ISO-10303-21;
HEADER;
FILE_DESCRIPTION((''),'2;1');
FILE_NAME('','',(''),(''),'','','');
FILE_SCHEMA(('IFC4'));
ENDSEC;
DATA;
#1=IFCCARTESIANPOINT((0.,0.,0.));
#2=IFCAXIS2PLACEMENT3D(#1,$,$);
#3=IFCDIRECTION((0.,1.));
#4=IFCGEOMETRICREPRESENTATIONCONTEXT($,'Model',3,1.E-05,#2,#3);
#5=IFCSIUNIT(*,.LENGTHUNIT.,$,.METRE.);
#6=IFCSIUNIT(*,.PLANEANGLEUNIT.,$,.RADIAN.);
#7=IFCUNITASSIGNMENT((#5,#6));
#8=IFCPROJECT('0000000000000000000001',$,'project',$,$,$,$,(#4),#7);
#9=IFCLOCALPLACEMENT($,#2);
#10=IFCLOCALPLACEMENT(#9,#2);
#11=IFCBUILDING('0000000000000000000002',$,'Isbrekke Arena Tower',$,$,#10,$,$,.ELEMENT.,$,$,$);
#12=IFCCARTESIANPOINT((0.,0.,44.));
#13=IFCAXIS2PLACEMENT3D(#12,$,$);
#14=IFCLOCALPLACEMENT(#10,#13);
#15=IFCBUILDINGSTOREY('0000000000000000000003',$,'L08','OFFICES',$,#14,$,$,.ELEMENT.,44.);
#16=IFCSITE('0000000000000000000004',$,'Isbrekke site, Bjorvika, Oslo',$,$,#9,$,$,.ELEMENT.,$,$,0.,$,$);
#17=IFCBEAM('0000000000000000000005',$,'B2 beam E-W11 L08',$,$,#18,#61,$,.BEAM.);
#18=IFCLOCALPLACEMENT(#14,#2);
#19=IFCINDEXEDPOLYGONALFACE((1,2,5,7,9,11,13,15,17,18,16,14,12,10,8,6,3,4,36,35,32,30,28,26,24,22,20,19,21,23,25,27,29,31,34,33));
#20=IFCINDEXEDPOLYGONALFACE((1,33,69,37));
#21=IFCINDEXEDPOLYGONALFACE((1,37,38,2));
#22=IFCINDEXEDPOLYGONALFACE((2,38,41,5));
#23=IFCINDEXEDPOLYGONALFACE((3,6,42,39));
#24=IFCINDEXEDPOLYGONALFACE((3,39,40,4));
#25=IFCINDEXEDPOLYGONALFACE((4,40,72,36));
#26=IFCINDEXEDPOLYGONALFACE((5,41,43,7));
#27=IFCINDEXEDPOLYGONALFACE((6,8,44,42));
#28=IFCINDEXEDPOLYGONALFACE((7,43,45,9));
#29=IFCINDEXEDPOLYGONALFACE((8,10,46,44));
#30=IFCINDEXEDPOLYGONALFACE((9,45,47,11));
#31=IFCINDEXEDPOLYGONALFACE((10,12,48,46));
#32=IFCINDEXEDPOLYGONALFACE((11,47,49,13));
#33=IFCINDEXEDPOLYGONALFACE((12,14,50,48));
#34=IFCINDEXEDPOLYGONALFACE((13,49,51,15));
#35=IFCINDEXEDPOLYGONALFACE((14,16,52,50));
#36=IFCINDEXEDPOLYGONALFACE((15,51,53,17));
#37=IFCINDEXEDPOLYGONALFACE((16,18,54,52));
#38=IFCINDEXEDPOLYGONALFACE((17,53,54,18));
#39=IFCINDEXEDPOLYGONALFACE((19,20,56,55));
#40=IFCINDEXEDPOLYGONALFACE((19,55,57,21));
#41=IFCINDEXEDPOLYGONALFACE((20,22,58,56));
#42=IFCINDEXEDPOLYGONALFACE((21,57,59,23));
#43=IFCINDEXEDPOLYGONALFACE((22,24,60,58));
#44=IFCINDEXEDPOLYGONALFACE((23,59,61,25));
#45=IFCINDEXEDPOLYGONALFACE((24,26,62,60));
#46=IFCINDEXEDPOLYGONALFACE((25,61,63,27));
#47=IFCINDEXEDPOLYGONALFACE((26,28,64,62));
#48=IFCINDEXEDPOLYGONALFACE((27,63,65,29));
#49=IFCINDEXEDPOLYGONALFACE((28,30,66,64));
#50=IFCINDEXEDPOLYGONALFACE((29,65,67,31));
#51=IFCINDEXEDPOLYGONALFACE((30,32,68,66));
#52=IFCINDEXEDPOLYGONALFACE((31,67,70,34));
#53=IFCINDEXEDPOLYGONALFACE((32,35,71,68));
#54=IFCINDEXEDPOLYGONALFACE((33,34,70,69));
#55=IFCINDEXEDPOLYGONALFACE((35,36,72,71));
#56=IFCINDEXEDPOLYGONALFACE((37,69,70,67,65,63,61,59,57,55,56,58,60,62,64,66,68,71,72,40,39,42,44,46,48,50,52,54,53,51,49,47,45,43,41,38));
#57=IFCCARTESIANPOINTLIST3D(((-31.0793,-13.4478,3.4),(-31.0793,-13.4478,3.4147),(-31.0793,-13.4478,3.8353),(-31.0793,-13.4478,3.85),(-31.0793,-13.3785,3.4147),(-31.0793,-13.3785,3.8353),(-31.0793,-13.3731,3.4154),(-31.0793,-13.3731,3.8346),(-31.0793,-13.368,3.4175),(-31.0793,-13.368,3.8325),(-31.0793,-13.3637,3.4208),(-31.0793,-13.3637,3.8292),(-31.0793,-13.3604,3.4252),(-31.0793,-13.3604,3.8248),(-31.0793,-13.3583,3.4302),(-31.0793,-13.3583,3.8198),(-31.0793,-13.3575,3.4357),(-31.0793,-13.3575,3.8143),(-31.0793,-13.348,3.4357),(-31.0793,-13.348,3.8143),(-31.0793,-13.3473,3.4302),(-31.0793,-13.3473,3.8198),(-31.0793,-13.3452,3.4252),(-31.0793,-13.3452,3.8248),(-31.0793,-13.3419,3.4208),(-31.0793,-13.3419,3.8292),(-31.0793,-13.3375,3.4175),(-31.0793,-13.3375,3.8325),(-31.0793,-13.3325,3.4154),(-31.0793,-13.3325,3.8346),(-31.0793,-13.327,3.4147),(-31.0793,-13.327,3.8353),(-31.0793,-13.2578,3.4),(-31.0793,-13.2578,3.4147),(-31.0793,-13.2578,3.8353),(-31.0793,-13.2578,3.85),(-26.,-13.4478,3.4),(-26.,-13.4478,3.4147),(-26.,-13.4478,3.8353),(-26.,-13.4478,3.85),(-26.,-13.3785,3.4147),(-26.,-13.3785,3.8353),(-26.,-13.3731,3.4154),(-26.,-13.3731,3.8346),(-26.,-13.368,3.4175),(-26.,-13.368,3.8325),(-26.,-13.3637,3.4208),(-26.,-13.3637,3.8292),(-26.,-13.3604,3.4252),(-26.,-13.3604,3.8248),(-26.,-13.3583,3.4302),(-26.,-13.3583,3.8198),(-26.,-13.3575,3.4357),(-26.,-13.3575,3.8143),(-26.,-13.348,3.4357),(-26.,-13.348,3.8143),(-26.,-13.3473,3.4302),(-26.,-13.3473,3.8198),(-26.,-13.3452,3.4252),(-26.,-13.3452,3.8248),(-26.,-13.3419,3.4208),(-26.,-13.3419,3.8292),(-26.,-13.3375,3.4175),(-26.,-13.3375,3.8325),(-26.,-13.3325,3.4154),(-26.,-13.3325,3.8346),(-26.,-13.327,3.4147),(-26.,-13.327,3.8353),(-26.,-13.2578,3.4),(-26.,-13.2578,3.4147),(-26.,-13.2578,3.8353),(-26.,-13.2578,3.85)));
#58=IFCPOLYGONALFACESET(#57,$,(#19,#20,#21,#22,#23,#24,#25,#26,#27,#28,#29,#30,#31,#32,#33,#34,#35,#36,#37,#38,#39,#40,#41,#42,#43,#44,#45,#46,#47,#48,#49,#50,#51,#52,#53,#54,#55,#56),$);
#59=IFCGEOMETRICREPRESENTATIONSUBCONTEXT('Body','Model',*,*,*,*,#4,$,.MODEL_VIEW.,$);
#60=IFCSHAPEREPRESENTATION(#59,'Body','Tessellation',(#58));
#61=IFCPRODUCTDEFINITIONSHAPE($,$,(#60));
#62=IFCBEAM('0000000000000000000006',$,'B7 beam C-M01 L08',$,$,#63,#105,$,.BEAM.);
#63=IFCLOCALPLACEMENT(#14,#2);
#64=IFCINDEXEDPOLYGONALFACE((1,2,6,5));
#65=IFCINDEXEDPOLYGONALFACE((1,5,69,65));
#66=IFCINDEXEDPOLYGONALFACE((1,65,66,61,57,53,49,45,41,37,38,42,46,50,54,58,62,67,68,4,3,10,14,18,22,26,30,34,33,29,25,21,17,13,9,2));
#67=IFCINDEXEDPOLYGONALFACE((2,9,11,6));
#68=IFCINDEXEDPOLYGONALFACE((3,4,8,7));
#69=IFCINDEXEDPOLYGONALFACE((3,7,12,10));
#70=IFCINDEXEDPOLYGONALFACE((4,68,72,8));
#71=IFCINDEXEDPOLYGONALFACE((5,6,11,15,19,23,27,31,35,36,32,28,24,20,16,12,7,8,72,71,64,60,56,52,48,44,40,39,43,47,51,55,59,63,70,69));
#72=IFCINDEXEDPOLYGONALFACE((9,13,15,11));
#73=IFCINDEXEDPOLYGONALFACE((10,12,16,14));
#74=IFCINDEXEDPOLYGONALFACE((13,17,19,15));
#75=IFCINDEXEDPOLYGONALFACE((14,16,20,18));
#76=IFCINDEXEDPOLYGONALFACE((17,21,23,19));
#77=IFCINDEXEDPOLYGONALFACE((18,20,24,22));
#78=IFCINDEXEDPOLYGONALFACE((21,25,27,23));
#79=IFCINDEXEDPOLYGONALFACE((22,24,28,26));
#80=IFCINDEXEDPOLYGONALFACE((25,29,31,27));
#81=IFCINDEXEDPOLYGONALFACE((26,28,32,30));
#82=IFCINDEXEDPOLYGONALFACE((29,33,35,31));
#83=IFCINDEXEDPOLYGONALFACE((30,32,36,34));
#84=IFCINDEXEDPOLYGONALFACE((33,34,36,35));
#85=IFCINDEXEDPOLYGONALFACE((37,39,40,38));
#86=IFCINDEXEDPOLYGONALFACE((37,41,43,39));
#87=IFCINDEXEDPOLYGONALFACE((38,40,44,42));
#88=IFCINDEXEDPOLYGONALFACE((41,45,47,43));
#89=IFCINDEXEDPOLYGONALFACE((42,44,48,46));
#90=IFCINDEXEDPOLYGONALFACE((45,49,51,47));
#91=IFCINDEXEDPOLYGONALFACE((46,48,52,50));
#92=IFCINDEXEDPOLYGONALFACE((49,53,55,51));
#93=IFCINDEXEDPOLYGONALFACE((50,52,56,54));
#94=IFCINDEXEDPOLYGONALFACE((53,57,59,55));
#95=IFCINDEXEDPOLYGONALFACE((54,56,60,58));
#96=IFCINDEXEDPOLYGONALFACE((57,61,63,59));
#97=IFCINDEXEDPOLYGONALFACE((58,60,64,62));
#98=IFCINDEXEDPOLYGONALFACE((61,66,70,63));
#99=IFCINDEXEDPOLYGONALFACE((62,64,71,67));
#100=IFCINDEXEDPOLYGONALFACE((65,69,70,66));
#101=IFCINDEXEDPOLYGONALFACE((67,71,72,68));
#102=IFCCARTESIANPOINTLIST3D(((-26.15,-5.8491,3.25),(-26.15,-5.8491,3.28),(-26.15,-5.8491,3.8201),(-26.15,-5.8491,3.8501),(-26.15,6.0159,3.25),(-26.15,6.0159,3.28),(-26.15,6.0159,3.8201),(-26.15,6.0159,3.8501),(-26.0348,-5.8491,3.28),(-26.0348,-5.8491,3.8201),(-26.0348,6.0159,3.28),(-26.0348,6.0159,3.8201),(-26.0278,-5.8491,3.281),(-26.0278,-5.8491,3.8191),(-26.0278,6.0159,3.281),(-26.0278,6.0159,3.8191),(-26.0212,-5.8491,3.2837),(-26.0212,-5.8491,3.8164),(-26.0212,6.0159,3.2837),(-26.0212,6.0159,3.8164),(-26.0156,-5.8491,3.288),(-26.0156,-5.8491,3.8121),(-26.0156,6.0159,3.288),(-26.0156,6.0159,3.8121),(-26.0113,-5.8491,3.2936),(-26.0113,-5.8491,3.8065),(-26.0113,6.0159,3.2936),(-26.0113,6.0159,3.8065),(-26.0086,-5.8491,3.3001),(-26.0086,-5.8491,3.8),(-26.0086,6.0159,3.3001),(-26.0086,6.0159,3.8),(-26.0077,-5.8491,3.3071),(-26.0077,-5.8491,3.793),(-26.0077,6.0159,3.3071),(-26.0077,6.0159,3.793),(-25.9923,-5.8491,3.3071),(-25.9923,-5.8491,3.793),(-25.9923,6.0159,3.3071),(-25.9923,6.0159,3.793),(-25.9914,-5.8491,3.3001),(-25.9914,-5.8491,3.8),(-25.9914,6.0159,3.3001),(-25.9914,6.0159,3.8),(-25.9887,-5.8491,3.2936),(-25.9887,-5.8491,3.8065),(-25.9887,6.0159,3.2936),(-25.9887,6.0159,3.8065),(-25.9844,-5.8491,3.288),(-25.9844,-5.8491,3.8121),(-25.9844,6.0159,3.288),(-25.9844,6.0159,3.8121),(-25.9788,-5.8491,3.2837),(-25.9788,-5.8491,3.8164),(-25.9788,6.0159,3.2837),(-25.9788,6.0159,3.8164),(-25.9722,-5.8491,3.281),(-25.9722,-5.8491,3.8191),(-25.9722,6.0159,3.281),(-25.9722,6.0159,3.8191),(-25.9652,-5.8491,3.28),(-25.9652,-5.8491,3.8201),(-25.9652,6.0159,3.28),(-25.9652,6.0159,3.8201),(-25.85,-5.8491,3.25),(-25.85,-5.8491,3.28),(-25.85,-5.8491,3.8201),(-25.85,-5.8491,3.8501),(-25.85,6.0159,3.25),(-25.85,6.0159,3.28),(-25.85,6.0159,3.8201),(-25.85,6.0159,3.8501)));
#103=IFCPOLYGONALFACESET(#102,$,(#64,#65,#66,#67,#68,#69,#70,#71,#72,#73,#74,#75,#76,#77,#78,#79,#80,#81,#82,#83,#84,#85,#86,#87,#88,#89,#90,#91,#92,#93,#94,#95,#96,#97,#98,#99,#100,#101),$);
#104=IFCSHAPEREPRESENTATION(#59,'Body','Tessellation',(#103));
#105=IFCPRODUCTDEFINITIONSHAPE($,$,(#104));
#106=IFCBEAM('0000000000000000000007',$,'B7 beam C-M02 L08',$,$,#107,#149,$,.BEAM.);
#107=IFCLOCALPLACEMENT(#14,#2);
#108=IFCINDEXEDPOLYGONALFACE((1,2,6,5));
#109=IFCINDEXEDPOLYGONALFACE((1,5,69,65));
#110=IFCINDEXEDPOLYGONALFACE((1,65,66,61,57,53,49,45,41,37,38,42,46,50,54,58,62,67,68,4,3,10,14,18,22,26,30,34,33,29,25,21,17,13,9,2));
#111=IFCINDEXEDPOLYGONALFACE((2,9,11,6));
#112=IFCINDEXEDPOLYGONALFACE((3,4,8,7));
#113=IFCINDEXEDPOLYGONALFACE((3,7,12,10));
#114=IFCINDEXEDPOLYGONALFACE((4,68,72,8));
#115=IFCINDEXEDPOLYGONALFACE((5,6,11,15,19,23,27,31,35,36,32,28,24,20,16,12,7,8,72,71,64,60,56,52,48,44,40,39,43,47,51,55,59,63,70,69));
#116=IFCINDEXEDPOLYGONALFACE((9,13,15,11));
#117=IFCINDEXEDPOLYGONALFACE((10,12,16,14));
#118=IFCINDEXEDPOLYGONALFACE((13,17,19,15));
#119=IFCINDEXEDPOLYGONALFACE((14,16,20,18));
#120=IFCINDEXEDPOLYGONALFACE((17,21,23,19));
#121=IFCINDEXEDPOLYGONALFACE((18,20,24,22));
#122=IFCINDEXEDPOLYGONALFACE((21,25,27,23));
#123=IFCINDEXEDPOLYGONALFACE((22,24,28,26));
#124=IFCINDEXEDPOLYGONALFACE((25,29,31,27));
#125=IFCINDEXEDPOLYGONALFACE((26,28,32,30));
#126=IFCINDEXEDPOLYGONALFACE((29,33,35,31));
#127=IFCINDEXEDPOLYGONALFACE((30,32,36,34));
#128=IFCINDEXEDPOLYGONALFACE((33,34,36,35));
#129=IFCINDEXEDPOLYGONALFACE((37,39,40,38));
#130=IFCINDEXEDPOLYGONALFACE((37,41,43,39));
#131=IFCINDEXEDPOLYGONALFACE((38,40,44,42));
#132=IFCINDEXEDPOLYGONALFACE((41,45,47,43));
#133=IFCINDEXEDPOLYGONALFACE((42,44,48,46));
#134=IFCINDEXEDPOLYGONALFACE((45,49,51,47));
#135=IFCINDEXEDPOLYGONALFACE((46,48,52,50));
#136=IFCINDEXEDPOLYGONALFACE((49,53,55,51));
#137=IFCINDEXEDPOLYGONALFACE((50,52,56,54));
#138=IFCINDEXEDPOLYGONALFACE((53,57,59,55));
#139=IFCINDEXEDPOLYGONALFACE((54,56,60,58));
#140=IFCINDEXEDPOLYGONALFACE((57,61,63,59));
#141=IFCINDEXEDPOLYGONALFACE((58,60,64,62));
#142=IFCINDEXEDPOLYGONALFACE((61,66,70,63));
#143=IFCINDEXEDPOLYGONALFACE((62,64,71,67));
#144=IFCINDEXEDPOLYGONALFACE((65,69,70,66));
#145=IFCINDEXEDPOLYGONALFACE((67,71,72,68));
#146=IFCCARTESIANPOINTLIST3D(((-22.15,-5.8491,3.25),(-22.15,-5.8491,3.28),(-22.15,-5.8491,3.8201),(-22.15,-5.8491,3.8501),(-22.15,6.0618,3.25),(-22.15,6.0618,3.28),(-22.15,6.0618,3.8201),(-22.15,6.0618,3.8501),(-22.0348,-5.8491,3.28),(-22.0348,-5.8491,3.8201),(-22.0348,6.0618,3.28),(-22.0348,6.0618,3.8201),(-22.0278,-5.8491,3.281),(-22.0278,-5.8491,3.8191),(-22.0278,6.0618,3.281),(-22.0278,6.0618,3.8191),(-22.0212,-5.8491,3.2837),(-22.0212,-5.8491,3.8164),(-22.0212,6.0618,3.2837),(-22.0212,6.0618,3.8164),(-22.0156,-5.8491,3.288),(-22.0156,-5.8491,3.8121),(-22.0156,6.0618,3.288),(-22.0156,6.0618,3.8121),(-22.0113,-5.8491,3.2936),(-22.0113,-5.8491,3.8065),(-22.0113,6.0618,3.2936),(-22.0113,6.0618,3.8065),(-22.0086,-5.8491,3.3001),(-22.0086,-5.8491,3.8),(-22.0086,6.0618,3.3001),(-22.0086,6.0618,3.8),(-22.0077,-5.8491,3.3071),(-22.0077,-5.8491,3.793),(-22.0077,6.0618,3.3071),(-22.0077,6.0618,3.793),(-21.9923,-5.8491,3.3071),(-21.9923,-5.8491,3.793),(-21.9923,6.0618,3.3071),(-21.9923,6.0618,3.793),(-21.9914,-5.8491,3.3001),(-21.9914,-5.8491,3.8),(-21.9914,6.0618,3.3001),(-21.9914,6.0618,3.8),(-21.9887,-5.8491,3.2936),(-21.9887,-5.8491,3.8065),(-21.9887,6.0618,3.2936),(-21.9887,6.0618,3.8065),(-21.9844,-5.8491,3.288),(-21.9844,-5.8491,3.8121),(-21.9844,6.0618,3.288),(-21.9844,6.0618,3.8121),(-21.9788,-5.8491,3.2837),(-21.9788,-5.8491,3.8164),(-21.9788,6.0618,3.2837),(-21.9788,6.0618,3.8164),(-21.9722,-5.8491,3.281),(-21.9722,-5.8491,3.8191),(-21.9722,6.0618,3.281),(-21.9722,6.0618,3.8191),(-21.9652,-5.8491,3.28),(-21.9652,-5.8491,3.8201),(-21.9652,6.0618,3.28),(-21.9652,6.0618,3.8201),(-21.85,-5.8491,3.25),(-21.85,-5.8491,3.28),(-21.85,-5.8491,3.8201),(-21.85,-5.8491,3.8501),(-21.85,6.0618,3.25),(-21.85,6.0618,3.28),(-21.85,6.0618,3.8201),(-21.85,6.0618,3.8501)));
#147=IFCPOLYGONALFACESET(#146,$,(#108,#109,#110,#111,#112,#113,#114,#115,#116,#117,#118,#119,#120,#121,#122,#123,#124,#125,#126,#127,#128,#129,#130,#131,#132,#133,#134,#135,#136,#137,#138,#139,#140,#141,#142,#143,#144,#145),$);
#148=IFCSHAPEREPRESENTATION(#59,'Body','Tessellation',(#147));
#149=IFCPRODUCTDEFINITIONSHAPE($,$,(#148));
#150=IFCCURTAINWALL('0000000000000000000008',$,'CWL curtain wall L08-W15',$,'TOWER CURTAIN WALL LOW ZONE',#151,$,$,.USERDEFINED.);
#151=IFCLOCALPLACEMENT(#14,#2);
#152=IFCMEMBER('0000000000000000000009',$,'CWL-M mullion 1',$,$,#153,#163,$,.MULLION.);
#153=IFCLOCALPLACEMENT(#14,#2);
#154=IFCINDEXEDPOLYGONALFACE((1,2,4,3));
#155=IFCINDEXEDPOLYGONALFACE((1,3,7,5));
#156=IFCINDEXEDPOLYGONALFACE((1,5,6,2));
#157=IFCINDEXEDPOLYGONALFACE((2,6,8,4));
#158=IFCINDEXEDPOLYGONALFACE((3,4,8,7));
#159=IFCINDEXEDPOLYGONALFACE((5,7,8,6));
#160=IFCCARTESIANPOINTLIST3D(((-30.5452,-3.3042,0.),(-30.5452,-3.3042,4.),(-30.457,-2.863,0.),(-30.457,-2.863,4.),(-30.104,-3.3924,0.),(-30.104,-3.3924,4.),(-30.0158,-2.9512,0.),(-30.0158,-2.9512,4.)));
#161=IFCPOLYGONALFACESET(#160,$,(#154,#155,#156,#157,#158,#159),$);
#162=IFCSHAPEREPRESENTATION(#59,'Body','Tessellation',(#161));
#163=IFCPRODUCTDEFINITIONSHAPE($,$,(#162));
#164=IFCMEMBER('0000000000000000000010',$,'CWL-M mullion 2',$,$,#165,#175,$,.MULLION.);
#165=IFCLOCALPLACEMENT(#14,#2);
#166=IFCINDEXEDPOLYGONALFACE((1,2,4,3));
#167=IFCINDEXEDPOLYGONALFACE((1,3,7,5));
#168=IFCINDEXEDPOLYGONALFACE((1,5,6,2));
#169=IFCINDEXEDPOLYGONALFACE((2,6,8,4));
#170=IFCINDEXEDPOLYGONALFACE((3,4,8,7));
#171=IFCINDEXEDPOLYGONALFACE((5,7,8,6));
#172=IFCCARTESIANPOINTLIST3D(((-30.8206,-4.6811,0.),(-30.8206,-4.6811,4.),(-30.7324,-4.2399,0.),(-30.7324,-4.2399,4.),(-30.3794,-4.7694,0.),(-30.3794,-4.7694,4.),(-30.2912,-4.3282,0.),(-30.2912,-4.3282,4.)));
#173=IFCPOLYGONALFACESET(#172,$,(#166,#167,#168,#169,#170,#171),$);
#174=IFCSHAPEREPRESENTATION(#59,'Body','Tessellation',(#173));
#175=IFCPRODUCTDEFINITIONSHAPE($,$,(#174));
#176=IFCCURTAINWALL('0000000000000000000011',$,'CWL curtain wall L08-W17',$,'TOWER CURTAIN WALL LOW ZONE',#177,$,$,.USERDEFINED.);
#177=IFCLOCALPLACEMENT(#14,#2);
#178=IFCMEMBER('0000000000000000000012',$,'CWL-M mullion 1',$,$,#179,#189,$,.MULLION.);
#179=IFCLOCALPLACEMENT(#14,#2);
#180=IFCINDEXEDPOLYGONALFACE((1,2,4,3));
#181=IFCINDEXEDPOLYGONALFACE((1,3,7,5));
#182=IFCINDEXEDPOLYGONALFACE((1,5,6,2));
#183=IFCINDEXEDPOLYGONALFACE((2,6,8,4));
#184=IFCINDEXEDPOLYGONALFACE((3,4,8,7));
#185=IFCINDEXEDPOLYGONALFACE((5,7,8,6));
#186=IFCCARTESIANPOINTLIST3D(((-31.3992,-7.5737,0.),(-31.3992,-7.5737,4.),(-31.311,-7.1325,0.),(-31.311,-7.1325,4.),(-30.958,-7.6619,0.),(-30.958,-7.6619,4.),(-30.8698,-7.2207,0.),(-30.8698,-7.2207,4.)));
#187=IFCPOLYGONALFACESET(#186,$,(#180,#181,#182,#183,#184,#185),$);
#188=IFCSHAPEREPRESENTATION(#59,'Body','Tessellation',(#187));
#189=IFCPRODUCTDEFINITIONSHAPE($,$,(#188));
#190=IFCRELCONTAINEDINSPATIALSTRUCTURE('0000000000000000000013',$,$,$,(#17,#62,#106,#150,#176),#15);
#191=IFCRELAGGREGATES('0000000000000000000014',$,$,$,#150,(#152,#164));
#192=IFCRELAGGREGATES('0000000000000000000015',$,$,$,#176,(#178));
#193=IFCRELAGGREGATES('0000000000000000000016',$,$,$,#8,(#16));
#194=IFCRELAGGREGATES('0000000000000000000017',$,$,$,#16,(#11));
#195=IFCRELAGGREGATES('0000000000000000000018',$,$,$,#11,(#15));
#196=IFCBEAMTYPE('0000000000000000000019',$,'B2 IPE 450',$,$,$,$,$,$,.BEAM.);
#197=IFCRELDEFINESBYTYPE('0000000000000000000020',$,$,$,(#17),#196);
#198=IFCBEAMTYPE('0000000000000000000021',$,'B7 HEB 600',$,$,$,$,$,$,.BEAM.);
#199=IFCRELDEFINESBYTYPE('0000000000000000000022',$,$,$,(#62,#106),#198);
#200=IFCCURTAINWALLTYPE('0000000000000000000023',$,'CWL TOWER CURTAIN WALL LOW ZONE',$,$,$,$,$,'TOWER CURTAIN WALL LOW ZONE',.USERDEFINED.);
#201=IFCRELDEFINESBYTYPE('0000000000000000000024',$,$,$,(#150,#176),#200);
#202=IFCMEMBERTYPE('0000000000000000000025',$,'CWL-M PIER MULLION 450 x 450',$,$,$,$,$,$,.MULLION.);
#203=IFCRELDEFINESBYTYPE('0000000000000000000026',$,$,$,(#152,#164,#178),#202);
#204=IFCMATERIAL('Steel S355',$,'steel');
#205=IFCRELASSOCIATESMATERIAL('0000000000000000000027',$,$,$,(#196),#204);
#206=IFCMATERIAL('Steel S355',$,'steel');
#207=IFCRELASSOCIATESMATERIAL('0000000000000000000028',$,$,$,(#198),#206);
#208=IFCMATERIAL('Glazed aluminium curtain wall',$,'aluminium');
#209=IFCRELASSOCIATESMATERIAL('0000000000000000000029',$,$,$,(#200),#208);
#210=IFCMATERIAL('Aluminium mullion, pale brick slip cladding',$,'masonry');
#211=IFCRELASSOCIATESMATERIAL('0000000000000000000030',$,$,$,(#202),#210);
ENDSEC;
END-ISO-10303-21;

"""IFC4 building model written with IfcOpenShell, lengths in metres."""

from ifc_helpers import new_model, si_unit, direction, frame, origin, origin_2d, place, context, subcontext, project, spatial, rectangle, i_section, extrude, material, material_profile, profile_set, type_object, element, aggregate, save


model = new_model("IFC4")

# Units and contexts
model_context = context("Model", 3, precision=1e-05, world=origin(), true_north=direction((0.0, 1.0)))
body_context = subcontext(model_context, "Body", "Model", "MODEL_VIEW")
ifc_project = project(units=[si_unit("LENGTHUNIT", "METRE"), si_unit("PLANEANGLEUNIT", "RADIAN")], contexts=[model_context])

# Site, building, storey
site_placement = place(None, origin())
site = spatial("IfcSite", under=ifc_project, at=site_placement, Name="Isbrekke site, Bjorvika, Oslo", CompositionType="ELEMENT", RefElevation=0.0)
building_placement = place(site_placement, origin())
building = spatial("IfcBuilding", under=site, at=building_placement, Name="Isbrekke Arena Tower", CompositionType="ELEMENT")
storey_placement = place(building_placement, frame((0.0, 0.0, 44.0)))
storey = spatial("IfcBuildingStorey", under=building, at=storey_placement, Name="L08", Description="OFFICES", CompositionType="ELEMENT", Elevation=44.0)

# Beams
ifc_material_1 = material(Name="Steel S355", Category="steel")
ifc_material_profile_1 = material_profile(ifc_material_1, i_section(OverallWidth=0.1899, OverallDepth=0.45, WebThickness=0.0095, FlangeThickness=0.0146, FilletRadius=0.021, at=origin_2d()), Name="IPE 450")
ifc_profile_set_1 = profile_set([ifc_material_profile_1], Name="Steel S355")
beam_type_1 = type_object("IfcBeamType", Name="B2 IPE 450", PredefinedType="BEAM", material=ifc_profile_set_1)
beam_1_placement = place(storey_placement, frame((-31.0793, -13.3528, 3.625), z_axis=(1.0, 0.0, 0.0), x_axis=(0.0, 1.0, 0.0)))
element("IfcBeam", 1, at=beam_1_placement, inside=storey, type_object=beam_type_1, Name="B2 beam E-W11 L08", PredefinedType="BEAM", context=body_context, shape_type="SweptSolid", body=[
    extrude(i_section(OverallWidth=0.1899, OverallDepth=0.45, WebThickness=0.0095, FlangeThickness=0.0146, FilletRadius=0.021, at=origin_2d()), origin(), (0.0, 0.0, 1.0), 5.0793),
])
ifc_material_2 = material(Name="Steel S355", Category="steel")
ifc_material_profile_2 = material_profile(ifc_material_2, i_section(OverallWidth=0.3, OverallDepth=0.6001, WebThickness=0.0154, FlangeThickness=0.03, FilletRadius=0.0271, at=origin_2d()), Name="HEB 600")
ifc_profile_set_2 = profile_set([ifc_material_profile_2], Name="Steel S355")
beam_type_2 = type_object("IfcBeamType", Name="B7 HEB 600", PredefinedType="BEAM", material=ifc_profile_set_2)
beam_2_placement = place(storey_placement, frame((-26.0, -5.8491, 3.55), z_axis=(0.0, 1.0, 0.0), x_axis=(-1.0, 0.0, 0.0)))
element("IfcBeam", 2, at=beam_2_placement, inside=storey, type_object=beam_type_2, Name="B7 beam C-M01 L08", PredefinedType="BEAM", context=body_context, shape_type="SweptSolid", body=[
    extrude(i_section(OverallWidth=0.3, OverallDepth=0.6001, WebThickness=0.0154, FlangeThickness=0.03, FilletRadius=0.0271, at=origin_2d()), origin(), (0.0, 0.0, 1.0), 11.865),
])
beam_3_placement = place(storey_placement, frame((-22.0, -5.8491, 3.55), z_axis=(0.0, 1.0, 0.0), x_axis=(-1.0, 0.0, 0.0)))
element("IfcBeam", 3, at=beam_3_placement, inside=storey, type_object=beam_type_2, Name="B7 beam C-M02 L08", PredefinedType="BEAM", context=body_context, shape_type="SweptSolid", body=[
    extrude(i_section(OverallWidth=0.3, OverallDepth=0.6001, WebThickness=0.0154, FlangeThickness=0.03, FilletRadius=0.0271, at=origin_2d()), origin(), (0.0, 0.0, 1.0), 11.9109),
])

# Curtain walls, members
ifc_material_3 = material(Name="Glazed aluminium curtain wall", Category="aluminium")
curtain_wall_type = type_object("IfcCurtainWallType", Name="CWL TOWER CURTAIN WALL LOW ZONE", ElementType="TOWER CURTAIN WALL LOW ZONE", PredefinedType="USERDEFINED", material=ifc_material_3)
curtain_wall_1_placement = place(storey_placement, origin())
curtain_wall_1 = element("IfcCurtainWall", 4, at=curtain_wall_1_placement, inside=storey, type_object=curtain_wall_type, Name="CWL curtain wall L08-W15", ObjectType="TOWER CURTAIN WALL LOW ZONE", PredefinedType="USERDEFINED")
ifc_material_4 = material(Name="Aluminium mullion, pale brick slip cladding", Category="masonry")
ifc_material_profile_3 = material_profile(ifc_material_4, rectangle(XDim=0.45, YDim=0.45, at=origin_2d()), Name="PIER 450X450")
ifc_profile_set_3 = profile_set([ifc_material_profile_3], Name="Aluminium mullion, pale brick slip cladding")
member_type_1 = type_object("IfcMemberType", Name="CWL-M PIER MULLION 450 x 450", PredefinedType="MULLION", material=ifc_profile_set_3)
member_1_placement = place(storey_placement, frame((-30.2805, -3.1277, 0.0), z_axis=(0.0, 0.0, 1.0), x_axis=(-0.196116, -0.980581, 0.0)))
member_1 = element("IfcMember", 5, at=member_1_placement, type_object=member_type_1, Name="CWL-M mullion 1", PredefinedType="MULLION", context=body_context, shape_type="SweptSolid", body=[
    extrude(rectangle(XDim=0.45, YDim=0.45, at=origin_2d()), origin(), (0.0, 0.0, 1.0), 4.0),
])
member_2_placement = place(storey_placement, frame((-30.5559, -4.5046, 0.0), z_axis=(0.0, 0.0, 1.0), x_axis=(-0.196116, -0.980581, 0.0)))
member_2 = element("IfcMember", 6, at=member_2_placement, type_object=member_type_1, Name="CWL-M mullion 2", PredefinedType="MULLION", context=body_context, shape_type="SweptSolid", body=[
    extrude(rectangle(XDim=0.45, YDim=0.45, at=origin_2d()), origin(), (0.0, 0.0, 1.0), 4.0),
])
curtain_wall_2_placement = place(storey_placement, origin())
curtain_wall_2 = element("IfcCurtainWall", 7, at=curtain_wall_2_placement, inside=storey, type_object=curtain_wall_type, Name="CWL curtain wall L08-W17", ObjectType="TOWER CURTAIN WALL LOW ZONE", PredefinedType="USERDEFINED")
member_3_placement = place(storey_placement, frame((-31.1345, -7.3972, 0.0), z_axis=(0.0, 0.0, 1.0), x_axis=(-0.196116, -0.980581, 0.0)))
member_3 = element("IfcMember", 8, at=member_3_placement, type_object=member_type_1, Name="CWL-M mullion 1", PredefinedType="MULLION", context=body_context, shape_type="SweptSolid", body=[
    extrude(rectangle(XDim=0.45, YDim=0.45, at=origin_2d()), origin(), (0.0, 0.0, 1.0), 4.0),
])

aggregate(curtain_wall_1, [member_1, member_2])
aggregate(curtain_wall_2, [member_3])

save(model, "model.ifc")
